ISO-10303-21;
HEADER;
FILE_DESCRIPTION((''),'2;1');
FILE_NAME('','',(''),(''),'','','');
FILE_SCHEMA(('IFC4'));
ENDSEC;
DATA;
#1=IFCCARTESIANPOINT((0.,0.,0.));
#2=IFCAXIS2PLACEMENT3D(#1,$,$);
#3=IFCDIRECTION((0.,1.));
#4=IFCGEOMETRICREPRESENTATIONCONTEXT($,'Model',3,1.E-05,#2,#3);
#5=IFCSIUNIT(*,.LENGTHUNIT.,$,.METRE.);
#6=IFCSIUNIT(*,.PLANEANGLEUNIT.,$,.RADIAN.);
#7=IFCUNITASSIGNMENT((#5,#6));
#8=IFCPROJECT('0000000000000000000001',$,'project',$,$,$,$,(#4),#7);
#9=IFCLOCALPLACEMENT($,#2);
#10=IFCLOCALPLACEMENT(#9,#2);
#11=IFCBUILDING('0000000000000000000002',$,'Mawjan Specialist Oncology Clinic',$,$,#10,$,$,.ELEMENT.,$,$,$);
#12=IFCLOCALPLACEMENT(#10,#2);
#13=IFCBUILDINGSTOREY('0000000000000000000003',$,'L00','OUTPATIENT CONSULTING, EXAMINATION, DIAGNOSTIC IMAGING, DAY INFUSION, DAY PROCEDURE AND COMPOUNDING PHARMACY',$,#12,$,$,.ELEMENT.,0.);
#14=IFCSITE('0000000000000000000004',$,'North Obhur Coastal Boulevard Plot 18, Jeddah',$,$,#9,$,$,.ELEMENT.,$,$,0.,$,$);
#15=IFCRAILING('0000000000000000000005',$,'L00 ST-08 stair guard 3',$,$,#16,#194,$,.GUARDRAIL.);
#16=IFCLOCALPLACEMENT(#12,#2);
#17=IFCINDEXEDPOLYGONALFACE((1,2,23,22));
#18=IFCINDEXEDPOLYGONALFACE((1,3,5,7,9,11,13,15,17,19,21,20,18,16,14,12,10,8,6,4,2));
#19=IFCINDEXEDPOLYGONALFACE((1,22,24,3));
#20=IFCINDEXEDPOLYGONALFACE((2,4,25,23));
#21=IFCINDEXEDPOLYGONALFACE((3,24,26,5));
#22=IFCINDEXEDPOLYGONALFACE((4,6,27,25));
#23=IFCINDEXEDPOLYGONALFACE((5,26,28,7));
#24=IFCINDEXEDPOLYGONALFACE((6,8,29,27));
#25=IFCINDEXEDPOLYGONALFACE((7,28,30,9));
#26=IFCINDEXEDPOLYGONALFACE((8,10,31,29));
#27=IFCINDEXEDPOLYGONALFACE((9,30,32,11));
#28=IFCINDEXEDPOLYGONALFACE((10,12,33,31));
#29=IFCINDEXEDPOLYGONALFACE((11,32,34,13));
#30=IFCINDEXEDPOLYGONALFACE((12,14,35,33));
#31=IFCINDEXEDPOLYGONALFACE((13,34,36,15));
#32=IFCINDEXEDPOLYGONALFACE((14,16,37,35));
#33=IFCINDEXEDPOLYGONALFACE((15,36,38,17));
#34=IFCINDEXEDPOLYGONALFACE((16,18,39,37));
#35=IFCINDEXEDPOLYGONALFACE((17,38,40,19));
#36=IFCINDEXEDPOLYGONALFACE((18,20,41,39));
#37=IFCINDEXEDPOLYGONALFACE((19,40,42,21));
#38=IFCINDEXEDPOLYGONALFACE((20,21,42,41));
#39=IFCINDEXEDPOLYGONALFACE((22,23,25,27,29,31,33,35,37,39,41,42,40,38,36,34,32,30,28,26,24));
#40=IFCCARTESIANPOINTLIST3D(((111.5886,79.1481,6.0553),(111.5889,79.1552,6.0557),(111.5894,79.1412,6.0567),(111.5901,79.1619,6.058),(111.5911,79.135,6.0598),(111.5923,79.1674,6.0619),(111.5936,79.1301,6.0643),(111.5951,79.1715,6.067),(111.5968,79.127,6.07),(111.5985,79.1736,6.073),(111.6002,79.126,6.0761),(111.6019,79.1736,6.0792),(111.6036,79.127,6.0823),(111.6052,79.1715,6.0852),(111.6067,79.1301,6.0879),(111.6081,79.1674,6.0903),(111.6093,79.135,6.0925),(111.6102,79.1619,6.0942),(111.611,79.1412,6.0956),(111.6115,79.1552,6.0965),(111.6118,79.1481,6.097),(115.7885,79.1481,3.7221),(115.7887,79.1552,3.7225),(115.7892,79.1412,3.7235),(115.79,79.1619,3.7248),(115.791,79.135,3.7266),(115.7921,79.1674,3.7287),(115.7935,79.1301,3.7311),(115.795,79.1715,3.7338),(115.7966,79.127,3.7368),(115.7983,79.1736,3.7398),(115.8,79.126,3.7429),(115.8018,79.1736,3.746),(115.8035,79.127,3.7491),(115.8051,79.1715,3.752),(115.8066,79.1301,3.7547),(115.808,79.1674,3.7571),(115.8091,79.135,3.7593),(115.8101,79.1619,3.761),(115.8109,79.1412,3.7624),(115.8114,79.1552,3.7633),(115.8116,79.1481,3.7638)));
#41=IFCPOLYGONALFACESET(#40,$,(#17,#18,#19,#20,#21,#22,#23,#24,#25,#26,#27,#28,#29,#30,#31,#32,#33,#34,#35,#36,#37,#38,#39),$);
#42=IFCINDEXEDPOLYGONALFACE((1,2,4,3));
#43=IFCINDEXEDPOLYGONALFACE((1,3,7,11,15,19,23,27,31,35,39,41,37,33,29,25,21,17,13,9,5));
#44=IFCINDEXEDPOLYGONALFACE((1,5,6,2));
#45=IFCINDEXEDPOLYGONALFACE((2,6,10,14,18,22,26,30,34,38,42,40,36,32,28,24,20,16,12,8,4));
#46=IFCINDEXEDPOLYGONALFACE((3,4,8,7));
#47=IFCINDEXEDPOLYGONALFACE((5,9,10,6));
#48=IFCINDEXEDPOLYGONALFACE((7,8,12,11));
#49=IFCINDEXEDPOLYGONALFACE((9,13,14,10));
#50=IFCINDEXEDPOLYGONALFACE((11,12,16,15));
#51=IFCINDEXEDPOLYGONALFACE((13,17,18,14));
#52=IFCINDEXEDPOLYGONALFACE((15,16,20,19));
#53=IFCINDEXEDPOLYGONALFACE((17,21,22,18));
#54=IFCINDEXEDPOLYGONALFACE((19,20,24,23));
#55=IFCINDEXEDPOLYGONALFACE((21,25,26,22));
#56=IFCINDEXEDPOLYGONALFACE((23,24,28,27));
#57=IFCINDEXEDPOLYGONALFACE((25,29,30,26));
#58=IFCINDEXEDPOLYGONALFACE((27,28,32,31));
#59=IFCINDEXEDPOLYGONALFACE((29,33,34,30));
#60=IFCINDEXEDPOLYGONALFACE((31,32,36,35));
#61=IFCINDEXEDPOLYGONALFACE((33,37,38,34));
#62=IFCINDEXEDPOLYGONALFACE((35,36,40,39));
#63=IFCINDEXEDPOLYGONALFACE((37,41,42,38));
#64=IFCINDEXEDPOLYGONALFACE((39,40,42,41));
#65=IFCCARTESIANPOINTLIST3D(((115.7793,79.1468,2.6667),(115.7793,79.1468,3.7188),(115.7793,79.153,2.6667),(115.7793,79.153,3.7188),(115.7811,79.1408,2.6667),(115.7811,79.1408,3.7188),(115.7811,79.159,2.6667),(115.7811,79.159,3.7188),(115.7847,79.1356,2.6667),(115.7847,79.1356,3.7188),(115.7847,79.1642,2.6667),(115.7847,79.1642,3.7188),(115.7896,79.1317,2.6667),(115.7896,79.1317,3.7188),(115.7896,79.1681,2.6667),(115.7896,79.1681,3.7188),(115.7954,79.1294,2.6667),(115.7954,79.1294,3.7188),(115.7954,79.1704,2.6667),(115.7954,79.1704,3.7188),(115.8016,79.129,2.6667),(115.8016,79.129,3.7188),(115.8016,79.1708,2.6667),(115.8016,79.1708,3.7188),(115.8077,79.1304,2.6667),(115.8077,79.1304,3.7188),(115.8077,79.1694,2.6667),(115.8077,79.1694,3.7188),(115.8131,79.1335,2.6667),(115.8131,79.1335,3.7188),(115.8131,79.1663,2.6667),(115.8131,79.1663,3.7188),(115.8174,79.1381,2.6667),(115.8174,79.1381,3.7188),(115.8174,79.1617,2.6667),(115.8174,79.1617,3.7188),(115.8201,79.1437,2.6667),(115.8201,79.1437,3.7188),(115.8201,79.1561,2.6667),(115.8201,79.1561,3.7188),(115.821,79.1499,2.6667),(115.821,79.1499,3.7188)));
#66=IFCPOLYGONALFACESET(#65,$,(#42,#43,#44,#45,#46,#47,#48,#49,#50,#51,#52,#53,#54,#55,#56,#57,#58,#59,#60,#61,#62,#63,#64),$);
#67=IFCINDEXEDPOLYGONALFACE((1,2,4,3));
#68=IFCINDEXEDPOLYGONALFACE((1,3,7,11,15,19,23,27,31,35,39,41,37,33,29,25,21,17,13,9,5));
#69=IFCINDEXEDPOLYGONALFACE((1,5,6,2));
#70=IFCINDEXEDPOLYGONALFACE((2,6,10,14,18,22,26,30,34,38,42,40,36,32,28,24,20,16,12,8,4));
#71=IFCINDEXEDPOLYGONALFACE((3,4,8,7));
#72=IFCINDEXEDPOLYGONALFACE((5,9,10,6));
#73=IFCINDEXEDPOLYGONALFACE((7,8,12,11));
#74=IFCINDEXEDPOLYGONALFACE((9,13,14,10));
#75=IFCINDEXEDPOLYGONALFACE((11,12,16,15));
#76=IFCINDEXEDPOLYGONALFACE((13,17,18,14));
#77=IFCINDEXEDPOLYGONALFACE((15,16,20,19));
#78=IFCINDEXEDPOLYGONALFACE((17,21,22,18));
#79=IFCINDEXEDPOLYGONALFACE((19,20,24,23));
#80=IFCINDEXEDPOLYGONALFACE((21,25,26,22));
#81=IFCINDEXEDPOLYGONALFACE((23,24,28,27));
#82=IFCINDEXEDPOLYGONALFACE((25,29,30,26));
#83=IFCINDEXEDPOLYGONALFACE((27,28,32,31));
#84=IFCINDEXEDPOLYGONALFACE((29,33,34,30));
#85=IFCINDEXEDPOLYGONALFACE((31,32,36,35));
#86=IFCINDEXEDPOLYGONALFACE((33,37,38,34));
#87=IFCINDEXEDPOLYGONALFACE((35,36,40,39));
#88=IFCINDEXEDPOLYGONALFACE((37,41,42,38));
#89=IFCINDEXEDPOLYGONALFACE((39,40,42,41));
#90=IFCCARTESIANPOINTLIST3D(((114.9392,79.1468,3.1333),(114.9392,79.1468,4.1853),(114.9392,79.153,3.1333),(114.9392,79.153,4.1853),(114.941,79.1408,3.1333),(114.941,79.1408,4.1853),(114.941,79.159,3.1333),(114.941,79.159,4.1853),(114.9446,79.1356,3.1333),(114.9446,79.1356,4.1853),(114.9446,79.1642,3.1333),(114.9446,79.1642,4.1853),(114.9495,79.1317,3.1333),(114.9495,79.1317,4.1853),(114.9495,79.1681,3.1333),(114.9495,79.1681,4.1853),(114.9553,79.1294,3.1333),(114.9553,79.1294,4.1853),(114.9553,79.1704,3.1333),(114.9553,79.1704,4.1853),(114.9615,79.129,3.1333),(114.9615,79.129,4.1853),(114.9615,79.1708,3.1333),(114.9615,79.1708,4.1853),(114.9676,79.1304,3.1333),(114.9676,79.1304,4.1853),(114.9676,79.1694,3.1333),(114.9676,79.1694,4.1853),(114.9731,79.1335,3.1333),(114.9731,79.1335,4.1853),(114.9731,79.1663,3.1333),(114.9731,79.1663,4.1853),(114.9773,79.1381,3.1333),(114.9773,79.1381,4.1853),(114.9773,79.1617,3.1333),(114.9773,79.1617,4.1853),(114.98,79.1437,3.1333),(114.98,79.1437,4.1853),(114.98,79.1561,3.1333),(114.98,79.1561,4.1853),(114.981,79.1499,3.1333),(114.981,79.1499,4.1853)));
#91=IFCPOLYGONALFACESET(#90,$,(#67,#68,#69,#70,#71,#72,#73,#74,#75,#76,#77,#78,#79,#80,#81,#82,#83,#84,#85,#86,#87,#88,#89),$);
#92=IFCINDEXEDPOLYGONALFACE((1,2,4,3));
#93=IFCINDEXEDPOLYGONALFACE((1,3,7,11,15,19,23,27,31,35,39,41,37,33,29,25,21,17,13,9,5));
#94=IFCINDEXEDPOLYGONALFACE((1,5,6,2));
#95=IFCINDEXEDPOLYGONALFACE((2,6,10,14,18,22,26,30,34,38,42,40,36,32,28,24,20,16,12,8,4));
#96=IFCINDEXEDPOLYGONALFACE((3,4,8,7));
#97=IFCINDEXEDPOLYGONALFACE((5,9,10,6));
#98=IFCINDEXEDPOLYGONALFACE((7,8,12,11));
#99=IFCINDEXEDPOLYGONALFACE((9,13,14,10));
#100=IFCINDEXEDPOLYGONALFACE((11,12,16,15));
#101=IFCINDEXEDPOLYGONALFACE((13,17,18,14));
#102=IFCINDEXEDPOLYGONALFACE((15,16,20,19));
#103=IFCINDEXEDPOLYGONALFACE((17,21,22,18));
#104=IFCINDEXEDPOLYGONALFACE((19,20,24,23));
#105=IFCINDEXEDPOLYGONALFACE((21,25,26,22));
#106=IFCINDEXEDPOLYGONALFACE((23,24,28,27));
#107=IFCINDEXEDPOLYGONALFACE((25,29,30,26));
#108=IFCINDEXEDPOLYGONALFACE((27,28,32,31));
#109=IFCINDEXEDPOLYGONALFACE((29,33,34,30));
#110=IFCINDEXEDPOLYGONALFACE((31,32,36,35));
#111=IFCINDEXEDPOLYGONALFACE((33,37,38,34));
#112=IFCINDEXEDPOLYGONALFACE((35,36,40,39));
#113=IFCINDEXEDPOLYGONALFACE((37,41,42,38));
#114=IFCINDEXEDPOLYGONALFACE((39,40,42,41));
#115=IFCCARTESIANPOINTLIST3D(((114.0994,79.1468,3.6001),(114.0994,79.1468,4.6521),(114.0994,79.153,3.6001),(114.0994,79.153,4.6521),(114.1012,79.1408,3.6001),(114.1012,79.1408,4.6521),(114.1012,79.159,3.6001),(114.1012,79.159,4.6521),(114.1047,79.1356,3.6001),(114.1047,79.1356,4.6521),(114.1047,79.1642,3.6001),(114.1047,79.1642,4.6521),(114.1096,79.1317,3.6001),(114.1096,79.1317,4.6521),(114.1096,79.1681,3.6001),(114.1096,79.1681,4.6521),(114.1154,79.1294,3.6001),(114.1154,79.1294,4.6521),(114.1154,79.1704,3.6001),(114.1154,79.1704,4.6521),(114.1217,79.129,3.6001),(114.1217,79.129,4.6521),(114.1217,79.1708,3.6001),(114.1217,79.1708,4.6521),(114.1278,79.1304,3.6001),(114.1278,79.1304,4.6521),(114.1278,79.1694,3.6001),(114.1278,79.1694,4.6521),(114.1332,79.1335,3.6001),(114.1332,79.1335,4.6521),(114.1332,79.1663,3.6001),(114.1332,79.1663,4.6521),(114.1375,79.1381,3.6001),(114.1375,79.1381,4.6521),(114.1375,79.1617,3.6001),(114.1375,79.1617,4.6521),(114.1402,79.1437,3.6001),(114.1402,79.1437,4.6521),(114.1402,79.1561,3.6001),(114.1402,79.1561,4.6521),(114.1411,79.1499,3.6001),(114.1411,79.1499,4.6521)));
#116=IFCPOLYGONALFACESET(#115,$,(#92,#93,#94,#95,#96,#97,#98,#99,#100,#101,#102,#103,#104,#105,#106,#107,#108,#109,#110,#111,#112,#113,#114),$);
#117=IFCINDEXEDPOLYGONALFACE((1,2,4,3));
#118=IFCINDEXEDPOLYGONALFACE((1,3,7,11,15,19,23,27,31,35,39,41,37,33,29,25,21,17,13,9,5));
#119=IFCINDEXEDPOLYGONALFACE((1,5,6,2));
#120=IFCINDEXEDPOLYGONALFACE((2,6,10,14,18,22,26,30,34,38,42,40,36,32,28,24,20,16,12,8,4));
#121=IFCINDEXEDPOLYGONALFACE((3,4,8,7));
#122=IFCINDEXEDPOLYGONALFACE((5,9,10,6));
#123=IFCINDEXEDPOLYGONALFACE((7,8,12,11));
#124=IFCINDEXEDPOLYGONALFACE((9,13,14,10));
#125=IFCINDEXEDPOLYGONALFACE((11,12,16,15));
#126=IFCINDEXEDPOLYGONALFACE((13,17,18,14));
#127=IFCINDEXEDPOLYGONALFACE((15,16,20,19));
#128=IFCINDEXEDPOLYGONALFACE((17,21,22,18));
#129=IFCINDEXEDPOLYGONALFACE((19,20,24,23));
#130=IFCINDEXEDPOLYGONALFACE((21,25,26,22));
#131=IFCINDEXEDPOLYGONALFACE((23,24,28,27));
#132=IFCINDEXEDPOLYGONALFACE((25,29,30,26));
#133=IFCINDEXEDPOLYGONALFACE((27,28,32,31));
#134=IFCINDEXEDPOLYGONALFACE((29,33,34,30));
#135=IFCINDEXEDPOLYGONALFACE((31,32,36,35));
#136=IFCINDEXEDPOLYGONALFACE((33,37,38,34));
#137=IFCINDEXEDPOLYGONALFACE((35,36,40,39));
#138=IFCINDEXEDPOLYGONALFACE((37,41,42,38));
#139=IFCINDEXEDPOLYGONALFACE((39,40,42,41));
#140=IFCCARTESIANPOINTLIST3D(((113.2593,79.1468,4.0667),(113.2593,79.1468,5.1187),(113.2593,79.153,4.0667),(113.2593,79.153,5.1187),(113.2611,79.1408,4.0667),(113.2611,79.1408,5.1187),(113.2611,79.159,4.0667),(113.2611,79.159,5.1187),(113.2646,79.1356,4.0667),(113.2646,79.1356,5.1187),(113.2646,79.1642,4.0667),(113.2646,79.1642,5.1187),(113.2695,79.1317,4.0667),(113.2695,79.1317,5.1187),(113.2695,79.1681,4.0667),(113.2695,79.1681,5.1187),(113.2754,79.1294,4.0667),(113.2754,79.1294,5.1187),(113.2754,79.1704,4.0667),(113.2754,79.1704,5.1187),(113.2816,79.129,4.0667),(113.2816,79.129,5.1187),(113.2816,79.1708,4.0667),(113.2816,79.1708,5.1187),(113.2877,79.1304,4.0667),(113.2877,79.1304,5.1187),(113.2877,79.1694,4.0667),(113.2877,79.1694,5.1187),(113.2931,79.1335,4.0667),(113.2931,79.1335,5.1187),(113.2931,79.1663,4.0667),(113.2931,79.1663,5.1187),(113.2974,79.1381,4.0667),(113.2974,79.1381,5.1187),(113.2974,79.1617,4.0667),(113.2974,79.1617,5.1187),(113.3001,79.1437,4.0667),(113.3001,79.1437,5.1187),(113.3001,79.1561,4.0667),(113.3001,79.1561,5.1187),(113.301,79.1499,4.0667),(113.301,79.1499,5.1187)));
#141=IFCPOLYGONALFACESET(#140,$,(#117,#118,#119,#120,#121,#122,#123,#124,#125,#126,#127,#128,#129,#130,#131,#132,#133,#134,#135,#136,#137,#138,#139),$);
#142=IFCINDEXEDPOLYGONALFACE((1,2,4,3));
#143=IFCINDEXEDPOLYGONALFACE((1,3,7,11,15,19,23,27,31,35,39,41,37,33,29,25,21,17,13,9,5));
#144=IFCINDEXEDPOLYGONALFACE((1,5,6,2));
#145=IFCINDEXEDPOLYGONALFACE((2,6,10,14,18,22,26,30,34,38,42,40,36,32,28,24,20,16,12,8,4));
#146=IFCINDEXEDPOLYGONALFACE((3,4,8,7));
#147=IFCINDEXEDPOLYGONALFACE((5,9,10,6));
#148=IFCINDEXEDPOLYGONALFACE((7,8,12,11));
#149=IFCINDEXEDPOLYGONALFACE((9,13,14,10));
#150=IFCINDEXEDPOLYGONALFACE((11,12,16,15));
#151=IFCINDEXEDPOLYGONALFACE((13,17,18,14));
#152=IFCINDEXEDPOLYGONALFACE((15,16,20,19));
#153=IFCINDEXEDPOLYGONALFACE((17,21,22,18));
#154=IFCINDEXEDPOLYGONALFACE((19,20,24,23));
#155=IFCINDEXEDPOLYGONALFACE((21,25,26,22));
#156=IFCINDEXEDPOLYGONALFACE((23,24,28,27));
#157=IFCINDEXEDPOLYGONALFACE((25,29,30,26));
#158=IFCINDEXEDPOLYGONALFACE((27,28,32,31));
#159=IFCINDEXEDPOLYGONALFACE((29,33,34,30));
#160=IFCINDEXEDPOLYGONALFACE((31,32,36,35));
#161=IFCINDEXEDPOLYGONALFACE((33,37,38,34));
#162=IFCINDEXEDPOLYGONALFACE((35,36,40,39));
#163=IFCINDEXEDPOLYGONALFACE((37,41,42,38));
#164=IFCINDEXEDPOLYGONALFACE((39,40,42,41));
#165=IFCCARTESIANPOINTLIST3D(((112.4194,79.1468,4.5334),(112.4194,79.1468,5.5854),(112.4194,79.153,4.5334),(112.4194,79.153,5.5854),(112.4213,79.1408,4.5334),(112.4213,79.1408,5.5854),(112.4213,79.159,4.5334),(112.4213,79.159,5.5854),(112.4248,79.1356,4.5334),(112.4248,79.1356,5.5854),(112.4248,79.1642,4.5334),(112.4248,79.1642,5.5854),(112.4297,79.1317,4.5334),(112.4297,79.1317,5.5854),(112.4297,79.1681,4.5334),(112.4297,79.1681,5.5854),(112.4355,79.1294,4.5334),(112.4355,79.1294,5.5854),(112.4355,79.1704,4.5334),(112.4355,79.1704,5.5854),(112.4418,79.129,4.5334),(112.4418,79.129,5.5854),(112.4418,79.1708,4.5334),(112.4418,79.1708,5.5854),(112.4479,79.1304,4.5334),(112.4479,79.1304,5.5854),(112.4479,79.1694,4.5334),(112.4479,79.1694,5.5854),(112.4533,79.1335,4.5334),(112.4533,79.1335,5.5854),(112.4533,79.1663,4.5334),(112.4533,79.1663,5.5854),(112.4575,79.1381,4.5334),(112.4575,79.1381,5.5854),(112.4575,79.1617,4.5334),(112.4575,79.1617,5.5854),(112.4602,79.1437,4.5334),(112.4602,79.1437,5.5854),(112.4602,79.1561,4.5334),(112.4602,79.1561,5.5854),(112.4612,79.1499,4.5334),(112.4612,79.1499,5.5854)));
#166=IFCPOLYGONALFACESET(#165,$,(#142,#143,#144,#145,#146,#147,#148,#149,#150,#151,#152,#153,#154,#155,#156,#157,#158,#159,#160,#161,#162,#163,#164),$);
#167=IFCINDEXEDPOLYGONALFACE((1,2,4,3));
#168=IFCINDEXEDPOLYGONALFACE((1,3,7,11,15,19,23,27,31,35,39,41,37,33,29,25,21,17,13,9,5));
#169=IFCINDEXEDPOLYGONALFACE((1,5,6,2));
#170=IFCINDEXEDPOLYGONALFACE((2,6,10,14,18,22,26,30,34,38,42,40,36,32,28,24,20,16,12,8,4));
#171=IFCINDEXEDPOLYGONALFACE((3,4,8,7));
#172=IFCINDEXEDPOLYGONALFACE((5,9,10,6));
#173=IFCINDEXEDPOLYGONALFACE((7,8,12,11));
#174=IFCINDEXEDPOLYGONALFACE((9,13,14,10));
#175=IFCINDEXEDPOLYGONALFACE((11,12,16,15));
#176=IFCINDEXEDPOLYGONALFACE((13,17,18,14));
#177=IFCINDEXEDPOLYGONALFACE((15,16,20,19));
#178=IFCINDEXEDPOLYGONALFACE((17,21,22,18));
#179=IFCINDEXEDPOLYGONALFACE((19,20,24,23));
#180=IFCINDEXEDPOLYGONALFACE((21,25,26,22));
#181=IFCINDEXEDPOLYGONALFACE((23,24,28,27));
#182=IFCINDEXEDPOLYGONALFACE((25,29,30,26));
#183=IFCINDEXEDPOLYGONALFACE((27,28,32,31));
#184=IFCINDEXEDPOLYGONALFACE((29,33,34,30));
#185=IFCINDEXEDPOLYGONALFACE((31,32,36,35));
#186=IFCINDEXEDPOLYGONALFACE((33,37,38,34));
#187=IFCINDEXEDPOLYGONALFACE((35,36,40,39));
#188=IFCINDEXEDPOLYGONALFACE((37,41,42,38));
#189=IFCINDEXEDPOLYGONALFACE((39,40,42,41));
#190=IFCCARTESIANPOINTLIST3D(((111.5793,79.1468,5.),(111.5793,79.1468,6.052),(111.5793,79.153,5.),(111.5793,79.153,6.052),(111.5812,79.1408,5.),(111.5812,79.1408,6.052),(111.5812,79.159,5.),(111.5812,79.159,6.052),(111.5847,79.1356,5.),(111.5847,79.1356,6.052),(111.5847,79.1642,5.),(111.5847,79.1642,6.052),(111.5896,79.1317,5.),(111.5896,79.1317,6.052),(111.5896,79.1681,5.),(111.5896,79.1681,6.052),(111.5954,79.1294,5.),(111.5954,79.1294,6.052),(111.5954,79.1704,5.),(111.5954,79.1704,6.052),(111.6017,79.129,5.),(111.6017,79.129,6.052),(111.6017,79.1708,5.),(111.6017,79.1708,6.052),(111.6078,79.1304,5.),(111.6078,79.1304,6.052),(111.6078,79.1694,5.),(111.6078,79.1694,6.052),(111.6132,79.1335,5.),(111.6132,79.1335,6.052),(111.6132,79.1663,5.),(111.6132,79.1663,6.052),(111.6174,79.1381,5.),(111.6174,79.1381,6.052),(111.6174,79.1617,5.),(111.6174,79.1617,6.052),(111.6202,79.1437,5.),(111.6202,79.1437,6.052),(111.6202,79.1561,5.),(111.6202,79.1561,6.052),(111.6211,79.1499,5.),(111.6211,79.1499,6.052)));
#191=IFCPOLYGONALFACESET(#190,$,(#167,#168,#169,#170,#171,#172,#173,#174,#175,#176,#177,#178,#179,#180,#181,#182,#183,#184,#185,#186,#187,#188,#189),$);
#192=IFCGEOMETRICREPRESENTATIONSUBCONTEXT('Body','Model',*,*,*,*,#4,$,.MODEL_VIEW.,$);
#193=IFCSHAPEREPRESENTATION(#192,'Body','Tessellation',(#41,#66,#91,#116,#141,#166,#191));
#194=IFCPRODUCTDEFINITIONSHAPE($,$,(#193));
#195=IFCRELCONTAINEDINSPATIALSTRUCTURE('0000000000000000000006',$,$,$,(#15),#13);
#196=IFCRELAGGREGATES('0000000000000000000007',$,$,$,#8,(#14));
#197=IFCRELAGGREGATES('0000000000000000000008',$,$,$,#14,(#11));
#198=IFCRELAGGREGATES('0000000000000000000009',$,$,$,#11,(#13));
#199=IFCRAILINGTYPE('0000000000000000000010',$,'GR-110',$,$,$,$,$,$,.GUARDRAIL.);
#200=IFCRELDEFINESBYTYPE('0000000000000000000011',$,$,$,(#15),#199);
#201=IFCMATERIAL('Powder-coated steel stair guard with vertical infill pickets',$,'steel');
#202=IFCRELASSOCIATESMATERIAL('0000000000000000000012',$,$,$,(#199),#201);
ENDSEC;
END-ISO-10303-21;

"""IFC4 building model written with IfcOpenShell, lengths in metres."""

from ifc_helpers import new_model, si_unit, direction, frame, origin, origin_2d, place, context, subcontext, project, spatial, circle, extrude, material, type_object, element, save


model = new_model("IFC4")

# Units and contexts
model_context = context("Model", 3, precision=1e-05, world=origin(), true_north=direction((0.0, 1.0)))
body_context = subcontext(model_context, "Body", "Model", "MODEL_VIEW")
ifc_project = project(units=[si_unit("LENGTHUNIT", "METRE"), si_unit("PLANEANGLEUNIT", "RADIAN")], contexts=[model_context])

# Site, building, storey
site_placement = place(None, origin())
site = spatial("IfcSite", under=ifc_project, at=site_placement, Name="North Obhur Coastal Boulevard Plot 18, Jeddah", CompositionType="ELEMENT", RefElevation=0.0)
building_placement = place(site_placement, origin())
building = spatial("IfcBuilding", under=site, at=building_placement, Name="Mawjan Specialist Oncology Clinic", CompositionType="ELEMENT")
storey_placement = place(building_placement, origin())
storey = spatial("IfcBuildingStorey", under=building, at=storey_placement, Name="L00", Description="OUTPATIENT CONSULTING, EXAMINATION, DIAGNOSTIC IMAGING, DAY INFUSION, DAY PROCEDURE AND COMPOUNDING PHARMACY", CompositionType="ELEMENT", Elevation=0.0)

# Railing
ifc_material_1 = material(Name="Powder-coated steel stair guard with vertical infill pickets", Category="steel")
railing_type_1 = type_object("IfcRailingType", Name="GR-110", PredefinedType="GUARDRAIL", material=ifc_material_1)
railing_1_placement = place(storey_placement, frame((115.8, 79.1499, 2.6667)))
element("IfcRailing", 1, at=railing_1_placement, inside=storey, type_object=railing_type_1, Name="L00 ST-08 stair guard 3", PredefinedType="GUARDRAIL", context=body_context, shape_type="SweptSolid", body=[
    extrude(circle(Radius=0.0239, at=origin_2d()), frame((0.0, 0.0, 1.0762), z_axis=(-0.874162, 0.0, 0.485634), x_axis=(0.0, -1.0, 0.0)), (0.0, 0.0, 1.0), 4.8044),
    extrude(circle(Radius=0.021, at=origin_2d()), origin(), (0.0, 0.0, 1.0), 1.052),
    extrude(circle(Radius=0.021, at=origin_2d()), frame((-0.8401, 0.0, 0.4666)), (0.0, 0.0, 1.0), 1.052),
    extrude(circle(Radius=0.021, at=origin_2d()), frame((-1.6799, 0.0, 0.9333)), (0.0, 0.0, 1.0), 1.052),
    extrude(circle(Radius=0.021, at=origin_2d()), frame((-2.52, 0.0, 1.3999)), (0.0, 0.0, 1.0), 1.052),
    extrude(circle(Radius=0.021, at=origin_2d()), frame((-3.3599, 0.0, 1.8667)), (0.0, 0.0, 1.0), 1.052),
    extrude(circle(Radius=0.021, at=origin_2d()), frame((-4.2, 0.0, 2.3333)), (0.0, 0.0, 1.0), 1.052),
])

save(model, "model.ifc")
